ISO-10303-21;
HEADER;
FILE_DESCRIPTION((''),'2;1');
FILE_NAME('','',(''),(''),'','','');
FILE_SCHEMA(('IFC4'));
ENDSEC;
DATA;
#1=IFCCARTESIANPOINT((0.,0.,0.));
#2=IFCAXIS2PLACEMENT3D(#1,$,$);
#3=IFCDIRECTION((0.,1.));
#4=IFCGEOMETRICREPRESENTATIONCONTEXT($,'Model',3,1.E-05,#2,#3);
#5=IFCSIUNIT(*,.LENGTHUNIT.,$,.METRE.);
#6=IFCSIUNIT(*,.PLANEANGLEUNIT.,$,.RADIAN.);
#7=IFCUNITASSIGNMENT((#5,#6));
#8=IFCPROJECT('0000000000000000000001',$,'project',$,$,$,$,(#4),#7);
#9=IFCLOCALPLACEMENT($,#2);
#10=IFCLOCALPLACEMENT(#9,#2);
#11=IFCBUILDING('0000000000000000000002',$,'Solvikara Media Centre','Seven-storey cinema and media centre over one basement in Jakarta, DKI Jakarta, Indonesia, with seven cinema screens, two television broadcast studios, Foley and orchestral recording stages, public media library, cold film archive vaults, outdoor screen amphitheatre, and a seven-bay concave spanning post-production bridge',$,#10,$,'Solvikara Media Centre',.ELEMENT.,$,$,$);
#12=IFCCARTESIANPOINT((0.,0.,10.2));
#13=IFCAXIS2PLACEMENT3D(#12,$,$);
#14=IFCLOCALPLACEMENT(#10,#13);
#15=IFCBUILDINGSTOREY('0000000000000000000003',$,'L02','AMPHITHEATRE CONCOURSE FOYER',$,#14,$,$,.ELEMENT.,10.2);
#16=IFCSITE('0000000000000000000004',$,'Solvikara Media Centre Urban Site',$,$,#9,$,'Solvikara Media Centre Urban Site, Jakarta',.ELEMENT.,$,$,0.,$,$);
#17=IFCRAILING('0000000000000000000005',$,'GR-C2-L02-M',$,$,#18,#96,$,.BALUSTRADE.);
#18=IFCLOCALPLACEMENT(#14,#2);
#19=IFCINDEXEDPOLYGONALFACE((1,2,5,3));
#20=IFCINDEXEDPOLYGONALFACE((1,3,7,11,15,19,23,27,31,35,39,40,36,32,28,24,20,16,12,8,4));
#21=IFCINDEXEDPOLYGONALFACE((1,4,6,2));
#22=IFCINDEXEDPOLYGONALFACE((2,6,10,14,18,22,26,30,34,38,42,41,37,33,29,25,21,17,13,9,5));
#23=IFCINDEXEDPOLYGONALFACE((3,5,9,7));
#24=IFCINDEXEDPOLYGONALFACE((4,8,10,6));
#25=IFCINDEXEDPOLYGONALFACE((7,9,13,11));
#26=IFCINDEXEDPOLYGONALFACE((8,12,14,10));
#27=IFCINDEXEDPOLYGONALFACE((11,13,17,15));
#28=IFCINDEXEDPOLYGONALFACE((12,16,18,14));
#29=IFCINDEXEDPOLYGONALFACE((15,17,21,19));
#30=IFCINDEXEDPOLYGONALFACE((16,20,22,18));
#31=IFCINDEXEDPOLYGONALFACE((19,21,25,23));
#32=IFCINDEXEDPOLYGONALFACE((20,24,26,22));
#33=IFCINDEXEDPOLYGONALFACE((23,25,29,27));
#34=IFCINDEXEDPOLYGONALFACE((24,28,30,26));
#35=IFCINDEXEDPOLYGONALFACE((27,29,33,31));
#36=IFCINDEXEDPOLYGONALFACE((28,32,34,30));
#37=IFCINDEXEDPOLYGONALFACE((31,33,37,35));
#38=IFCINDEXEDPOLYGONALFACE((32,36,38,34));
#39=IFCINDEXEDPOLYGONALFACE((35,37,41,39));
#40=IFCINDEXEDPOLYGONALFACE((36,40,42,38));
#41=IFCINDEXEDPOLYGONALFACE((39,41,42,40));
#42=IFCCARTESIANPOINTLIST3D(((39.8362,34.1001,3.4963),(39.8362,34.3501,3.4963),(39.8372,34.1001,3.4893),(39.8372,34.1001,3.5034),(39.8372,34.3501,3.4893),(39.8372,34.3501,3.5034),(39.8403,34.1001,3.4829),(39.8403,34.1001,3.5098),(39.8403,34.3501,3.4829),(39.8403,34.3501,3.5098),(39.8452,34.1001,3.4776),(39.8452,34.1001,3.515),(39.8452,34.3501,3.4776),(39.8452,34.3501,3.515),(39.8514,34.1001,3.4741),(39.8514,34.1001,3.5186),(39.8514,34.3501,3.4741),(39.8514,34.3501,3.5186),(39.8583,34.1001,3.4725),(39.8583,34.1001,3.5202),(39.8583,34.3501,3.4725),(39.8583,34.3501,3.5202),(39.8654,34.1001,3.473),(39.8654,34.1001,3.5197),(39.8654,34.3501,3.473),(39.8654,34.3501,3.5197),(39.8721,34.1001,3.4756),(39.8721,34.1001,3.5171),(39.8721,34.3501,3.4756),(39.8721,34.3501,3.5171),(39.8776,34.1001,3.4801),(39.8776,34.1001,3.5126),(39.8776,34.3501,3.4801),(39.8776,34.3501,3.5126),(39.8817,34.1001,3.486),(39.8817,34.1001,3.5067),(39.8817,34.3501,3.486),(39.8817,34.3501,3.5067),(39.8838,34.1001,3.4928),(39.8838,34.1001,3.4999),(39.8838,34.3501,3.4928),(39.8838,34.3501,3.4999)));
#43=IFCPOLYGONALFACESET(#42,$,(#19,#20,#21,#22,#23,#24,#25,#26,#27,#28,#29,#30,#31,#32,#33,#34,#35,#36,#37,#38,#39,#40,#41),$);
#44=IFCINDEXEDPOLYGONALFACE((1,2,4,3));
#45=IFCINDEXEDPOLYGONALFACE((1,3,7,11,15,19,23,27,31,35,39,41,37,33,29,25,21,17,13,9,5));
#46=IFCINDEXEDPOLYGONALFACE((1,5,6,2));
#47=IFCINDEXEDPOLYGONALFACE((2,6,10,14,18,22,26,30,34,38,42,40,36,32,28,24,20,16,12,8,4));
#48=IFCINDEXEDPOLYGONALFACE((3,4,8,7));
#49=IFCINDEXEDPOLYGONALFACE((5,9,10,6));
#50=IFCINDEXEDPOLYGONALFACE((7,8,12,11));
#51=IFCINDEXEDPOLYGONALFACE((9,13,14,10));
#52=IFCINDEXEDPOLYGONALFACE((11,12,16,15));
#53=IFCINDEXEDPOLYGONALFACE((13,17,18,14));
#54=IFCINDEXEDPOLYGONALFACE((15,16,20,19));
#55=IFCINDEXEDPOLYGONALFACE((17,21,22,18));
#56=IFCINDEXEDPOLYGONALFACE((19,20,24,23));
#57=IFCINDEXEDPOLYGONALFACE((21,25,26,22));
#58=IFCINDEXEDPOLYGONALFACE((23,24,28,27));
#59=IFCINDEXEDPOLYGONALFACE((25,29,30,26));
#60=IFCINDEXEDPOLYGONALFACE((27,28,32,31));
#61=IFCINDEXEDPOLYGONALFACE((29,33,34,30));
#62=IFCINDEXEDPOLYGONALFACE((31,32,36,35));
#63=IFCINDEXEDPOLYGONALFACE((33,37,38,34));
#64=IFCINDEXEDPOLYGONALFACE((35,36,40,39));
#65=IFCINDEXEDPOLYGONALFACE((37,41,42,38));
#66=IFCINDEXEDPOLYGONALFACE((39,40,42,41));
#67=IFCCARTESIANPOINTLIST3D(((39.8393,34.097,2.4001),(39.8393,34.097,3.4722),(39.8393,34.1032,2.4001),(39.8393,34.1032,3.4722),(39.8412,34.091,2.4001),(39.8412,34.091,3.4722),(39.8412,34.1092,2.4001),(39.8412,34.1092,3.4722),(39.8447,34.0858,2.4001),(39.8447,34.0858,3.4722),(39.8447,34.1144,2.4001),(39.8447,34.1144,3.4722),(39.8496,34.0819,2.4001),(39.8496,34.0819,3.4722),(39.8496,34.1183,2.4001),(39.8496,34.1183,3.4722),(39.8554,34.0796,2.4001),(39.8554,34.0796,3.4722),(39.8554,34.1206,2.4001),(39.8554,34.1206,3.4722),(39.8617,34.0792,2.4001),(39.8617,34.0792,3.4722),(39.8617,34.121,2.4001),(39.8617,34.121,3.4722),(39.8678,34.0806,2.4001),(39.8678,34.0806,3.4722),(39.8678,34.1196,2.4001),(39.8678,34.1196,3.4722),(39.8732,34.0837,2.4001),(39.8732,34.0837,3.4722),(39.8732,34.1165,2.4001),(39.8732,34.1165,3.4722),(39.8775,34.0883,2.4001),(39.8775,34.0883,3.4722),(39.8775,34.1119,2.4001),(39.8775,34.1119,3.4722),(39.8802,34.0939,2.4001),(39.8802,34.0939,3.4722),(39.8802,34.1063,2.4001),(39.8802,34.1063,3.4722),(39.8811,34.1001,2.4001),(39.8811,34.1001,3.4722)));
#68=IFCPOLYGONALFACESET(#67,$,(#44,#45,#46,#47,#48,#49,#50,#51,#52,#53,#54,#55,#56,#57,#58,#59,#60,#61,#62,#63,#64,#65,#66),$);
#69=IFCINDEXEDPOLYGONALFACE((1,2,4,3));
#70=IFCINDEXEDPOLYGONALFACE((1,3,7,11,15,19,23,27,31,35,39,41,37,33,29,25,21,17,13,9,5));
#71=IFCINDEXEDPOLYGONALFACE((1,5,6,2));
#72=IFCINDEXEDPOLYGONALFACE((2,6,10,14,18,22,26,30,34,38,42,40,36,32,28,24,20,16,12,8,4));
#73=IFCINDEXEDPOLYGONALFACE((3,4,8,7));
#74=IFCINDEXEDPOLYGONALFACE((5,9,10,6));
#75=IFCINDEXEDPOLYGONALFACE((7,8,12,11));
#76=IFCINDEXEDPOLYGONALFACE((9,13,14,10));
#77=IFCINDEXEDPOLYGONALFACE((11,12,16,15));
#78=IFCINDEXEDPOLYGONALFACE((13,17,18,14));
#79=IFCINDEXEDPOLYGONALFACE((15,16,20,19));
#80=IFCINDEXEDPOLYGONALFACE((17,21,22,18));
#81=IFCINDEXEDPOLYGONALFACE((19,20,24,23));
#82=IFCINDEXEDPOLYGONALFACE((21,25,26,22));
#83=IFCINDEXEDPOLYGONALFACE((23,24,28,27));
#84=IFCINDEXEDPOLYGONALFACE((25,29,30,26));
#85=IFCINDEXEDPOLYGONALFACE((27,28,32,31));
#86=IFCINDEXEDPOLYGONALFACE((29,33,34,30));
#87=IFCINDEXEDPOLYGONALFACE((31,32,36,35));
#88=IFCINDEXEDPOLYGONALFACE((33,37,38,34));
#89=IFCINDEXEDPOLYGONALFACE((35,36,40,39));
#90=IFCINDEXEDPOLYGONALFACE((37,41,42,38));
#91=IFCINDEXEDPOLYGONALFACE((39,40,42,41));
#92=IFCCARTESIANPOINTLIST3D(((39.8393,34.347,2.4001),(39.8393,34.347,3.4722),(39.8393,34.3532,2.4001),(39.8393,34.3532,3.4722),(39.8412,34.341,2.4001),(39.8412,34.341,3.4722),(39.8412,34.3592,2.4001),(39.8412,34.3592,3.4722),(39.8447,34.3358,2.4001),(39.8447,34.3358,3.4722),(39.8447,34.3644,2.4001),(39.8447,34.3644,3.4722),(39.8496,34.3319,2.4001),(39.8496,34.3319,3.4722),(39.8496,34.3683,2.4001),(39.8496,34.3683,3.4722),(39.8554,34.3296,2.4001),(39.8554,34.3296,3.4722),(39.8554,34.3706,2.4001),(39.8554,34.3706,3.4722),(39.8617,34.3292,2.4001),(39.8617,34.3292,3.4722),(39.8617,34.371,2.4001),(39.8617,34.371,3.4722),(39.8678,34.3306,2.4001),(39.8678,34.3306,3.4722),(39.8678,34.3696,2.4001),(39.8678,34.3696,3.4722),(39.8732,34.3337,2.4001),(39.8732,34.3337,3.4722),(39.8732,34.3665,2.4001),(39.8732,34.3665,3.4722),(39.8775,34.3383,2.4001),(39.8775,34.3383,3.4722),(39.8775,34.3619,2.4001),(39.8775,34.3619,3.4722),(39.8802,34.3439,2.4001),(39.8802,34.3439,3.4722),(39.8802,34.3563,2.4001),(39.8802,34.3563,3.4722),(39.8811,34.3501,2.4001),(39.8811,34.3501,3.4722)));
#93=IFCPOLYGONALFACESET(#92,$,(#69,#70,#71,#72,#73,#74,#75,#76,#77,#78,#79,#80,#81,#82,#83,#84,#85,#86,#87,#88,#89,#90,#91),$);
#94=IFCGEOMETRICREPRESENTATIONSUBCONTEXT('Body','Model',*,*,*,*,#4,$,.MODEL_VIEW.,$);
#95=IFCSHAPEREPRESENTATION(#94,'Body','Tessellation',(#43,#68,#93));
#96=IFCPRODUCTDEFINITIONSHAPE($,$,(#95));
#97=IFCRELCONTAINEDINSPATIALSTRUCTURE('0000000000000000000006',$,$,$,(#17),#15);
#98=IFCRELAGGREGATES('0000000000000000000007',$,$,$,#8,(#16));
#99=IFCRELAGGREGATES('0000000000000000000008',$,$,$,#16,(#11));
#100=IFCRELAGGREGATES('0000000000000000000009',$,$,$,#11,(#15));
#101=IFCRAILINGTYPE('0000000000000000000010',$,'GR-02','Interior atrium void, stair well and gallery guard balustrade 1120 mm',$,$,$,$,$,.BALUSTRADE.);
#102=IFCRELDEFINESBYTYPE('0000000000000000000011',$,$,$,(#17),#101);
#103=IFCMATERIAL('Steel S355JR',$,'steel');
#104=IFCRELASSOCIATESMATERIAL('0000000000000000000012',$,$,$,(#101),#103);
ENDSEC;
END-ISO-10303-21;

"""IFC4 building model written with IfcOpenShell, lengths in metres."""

from ifc_helpers import new_model, si_unit, direction, frame, origin, origin_2d, place, context, subcontext, project, spatial, circle, extrude, material, type_object, element, save


model = new_model("IFC4")

# Units and contexts
model_context = context("Model", 3, precision=1e-05, world=origin(), true_north=direction((0.0, 1.0)))
body_context = subcontext(model_context, "Body", "Model", "MODEL_VIEW")
ifc_project = project(units=[si_unit("LENGTHUNIT", "METRE"), si_unit("PLANEANGLEUNIT", "RADIAN")], contexts=[model_context])

# Site, building, storey
site_placement = place(None, origin())
site = spatial("IfcSite", under=ifc_project, at=site_placement, Name="Solvikara Media Centre Urban Site", LongName="Solvikara Media Centre Urban Site, Jakarta", CompositionType="ELEMENT", RefElevation=0.0)
building_placement = place(site_placement, origin())
building = spatial("IfcBuilding", under=site, at=building_placement, Name="Solvikara Media Centre", Description="Seven-storey cinema and media centre over one basement in Jakarta, DKI Jakarta, Indonesia, with seven cinema screens, two television broadcast studios, Foley and orchestral recording stages, public media library, cold film archive vaults, outdoor screen amphitheatre, and a seven-bay concave spanning post-production bridge", LongName="Solvikara Media Centre", CompositionType="ELEMENT")
storey_placement = place(building_placement, frame((0.0, 0.0, 10.2)))
storey = spatial("IfcBuildingStorey", under=building, at=storey_placement, Name="L02", Description="AMPHITHEATRE CONCOURSE FOYER", CompositionType="ELEMENT", Elevation=10.2)

# Shared definitions
ifc_material_1 = material(Name="Steel S355JR", Category="steel")

# Railing
railing_type_1 = type_object("IfcRailingType", Name="GR-02", Description="Interior atrium void, stair well and gallery guard balustrade 1120 mm", PredefinedType="BALUSTRADE", material=ifc_material_1)
railing_1_placement = place(storey_placement, frame((39.8601, 34.1001, 2.4001)))
element("IfcRailing", 1, at=railing_1_placement, inside=storey, type_object=railing_type_1, Name="GR-C2-L02-M", PredefinedType="BALUSTRADE", context=body_context, shape_type="SweptSolid", body=[
    extrude(circle(Radius=0.0239, at=origin_2d()), frame((0.0, 0.0, 1.0962), z_axis=(0.0, 1.0, 0.0), x_axis=(-1.0, 0.0, 0.0)), (0.0, 0.0, 1.0), 0.25),
    extrude(circle(Radius=0.021, at=origin_2d()), origin(), (0.0, 0.0, 1.0), 1.072),
    extrude(circle(Radius=0.021, at=origin_2d()), frame((0.0, 0.25, 0.0)), (0.0, 0.0, 1.0), 1.072),
])

save(model, "model.ifc")
